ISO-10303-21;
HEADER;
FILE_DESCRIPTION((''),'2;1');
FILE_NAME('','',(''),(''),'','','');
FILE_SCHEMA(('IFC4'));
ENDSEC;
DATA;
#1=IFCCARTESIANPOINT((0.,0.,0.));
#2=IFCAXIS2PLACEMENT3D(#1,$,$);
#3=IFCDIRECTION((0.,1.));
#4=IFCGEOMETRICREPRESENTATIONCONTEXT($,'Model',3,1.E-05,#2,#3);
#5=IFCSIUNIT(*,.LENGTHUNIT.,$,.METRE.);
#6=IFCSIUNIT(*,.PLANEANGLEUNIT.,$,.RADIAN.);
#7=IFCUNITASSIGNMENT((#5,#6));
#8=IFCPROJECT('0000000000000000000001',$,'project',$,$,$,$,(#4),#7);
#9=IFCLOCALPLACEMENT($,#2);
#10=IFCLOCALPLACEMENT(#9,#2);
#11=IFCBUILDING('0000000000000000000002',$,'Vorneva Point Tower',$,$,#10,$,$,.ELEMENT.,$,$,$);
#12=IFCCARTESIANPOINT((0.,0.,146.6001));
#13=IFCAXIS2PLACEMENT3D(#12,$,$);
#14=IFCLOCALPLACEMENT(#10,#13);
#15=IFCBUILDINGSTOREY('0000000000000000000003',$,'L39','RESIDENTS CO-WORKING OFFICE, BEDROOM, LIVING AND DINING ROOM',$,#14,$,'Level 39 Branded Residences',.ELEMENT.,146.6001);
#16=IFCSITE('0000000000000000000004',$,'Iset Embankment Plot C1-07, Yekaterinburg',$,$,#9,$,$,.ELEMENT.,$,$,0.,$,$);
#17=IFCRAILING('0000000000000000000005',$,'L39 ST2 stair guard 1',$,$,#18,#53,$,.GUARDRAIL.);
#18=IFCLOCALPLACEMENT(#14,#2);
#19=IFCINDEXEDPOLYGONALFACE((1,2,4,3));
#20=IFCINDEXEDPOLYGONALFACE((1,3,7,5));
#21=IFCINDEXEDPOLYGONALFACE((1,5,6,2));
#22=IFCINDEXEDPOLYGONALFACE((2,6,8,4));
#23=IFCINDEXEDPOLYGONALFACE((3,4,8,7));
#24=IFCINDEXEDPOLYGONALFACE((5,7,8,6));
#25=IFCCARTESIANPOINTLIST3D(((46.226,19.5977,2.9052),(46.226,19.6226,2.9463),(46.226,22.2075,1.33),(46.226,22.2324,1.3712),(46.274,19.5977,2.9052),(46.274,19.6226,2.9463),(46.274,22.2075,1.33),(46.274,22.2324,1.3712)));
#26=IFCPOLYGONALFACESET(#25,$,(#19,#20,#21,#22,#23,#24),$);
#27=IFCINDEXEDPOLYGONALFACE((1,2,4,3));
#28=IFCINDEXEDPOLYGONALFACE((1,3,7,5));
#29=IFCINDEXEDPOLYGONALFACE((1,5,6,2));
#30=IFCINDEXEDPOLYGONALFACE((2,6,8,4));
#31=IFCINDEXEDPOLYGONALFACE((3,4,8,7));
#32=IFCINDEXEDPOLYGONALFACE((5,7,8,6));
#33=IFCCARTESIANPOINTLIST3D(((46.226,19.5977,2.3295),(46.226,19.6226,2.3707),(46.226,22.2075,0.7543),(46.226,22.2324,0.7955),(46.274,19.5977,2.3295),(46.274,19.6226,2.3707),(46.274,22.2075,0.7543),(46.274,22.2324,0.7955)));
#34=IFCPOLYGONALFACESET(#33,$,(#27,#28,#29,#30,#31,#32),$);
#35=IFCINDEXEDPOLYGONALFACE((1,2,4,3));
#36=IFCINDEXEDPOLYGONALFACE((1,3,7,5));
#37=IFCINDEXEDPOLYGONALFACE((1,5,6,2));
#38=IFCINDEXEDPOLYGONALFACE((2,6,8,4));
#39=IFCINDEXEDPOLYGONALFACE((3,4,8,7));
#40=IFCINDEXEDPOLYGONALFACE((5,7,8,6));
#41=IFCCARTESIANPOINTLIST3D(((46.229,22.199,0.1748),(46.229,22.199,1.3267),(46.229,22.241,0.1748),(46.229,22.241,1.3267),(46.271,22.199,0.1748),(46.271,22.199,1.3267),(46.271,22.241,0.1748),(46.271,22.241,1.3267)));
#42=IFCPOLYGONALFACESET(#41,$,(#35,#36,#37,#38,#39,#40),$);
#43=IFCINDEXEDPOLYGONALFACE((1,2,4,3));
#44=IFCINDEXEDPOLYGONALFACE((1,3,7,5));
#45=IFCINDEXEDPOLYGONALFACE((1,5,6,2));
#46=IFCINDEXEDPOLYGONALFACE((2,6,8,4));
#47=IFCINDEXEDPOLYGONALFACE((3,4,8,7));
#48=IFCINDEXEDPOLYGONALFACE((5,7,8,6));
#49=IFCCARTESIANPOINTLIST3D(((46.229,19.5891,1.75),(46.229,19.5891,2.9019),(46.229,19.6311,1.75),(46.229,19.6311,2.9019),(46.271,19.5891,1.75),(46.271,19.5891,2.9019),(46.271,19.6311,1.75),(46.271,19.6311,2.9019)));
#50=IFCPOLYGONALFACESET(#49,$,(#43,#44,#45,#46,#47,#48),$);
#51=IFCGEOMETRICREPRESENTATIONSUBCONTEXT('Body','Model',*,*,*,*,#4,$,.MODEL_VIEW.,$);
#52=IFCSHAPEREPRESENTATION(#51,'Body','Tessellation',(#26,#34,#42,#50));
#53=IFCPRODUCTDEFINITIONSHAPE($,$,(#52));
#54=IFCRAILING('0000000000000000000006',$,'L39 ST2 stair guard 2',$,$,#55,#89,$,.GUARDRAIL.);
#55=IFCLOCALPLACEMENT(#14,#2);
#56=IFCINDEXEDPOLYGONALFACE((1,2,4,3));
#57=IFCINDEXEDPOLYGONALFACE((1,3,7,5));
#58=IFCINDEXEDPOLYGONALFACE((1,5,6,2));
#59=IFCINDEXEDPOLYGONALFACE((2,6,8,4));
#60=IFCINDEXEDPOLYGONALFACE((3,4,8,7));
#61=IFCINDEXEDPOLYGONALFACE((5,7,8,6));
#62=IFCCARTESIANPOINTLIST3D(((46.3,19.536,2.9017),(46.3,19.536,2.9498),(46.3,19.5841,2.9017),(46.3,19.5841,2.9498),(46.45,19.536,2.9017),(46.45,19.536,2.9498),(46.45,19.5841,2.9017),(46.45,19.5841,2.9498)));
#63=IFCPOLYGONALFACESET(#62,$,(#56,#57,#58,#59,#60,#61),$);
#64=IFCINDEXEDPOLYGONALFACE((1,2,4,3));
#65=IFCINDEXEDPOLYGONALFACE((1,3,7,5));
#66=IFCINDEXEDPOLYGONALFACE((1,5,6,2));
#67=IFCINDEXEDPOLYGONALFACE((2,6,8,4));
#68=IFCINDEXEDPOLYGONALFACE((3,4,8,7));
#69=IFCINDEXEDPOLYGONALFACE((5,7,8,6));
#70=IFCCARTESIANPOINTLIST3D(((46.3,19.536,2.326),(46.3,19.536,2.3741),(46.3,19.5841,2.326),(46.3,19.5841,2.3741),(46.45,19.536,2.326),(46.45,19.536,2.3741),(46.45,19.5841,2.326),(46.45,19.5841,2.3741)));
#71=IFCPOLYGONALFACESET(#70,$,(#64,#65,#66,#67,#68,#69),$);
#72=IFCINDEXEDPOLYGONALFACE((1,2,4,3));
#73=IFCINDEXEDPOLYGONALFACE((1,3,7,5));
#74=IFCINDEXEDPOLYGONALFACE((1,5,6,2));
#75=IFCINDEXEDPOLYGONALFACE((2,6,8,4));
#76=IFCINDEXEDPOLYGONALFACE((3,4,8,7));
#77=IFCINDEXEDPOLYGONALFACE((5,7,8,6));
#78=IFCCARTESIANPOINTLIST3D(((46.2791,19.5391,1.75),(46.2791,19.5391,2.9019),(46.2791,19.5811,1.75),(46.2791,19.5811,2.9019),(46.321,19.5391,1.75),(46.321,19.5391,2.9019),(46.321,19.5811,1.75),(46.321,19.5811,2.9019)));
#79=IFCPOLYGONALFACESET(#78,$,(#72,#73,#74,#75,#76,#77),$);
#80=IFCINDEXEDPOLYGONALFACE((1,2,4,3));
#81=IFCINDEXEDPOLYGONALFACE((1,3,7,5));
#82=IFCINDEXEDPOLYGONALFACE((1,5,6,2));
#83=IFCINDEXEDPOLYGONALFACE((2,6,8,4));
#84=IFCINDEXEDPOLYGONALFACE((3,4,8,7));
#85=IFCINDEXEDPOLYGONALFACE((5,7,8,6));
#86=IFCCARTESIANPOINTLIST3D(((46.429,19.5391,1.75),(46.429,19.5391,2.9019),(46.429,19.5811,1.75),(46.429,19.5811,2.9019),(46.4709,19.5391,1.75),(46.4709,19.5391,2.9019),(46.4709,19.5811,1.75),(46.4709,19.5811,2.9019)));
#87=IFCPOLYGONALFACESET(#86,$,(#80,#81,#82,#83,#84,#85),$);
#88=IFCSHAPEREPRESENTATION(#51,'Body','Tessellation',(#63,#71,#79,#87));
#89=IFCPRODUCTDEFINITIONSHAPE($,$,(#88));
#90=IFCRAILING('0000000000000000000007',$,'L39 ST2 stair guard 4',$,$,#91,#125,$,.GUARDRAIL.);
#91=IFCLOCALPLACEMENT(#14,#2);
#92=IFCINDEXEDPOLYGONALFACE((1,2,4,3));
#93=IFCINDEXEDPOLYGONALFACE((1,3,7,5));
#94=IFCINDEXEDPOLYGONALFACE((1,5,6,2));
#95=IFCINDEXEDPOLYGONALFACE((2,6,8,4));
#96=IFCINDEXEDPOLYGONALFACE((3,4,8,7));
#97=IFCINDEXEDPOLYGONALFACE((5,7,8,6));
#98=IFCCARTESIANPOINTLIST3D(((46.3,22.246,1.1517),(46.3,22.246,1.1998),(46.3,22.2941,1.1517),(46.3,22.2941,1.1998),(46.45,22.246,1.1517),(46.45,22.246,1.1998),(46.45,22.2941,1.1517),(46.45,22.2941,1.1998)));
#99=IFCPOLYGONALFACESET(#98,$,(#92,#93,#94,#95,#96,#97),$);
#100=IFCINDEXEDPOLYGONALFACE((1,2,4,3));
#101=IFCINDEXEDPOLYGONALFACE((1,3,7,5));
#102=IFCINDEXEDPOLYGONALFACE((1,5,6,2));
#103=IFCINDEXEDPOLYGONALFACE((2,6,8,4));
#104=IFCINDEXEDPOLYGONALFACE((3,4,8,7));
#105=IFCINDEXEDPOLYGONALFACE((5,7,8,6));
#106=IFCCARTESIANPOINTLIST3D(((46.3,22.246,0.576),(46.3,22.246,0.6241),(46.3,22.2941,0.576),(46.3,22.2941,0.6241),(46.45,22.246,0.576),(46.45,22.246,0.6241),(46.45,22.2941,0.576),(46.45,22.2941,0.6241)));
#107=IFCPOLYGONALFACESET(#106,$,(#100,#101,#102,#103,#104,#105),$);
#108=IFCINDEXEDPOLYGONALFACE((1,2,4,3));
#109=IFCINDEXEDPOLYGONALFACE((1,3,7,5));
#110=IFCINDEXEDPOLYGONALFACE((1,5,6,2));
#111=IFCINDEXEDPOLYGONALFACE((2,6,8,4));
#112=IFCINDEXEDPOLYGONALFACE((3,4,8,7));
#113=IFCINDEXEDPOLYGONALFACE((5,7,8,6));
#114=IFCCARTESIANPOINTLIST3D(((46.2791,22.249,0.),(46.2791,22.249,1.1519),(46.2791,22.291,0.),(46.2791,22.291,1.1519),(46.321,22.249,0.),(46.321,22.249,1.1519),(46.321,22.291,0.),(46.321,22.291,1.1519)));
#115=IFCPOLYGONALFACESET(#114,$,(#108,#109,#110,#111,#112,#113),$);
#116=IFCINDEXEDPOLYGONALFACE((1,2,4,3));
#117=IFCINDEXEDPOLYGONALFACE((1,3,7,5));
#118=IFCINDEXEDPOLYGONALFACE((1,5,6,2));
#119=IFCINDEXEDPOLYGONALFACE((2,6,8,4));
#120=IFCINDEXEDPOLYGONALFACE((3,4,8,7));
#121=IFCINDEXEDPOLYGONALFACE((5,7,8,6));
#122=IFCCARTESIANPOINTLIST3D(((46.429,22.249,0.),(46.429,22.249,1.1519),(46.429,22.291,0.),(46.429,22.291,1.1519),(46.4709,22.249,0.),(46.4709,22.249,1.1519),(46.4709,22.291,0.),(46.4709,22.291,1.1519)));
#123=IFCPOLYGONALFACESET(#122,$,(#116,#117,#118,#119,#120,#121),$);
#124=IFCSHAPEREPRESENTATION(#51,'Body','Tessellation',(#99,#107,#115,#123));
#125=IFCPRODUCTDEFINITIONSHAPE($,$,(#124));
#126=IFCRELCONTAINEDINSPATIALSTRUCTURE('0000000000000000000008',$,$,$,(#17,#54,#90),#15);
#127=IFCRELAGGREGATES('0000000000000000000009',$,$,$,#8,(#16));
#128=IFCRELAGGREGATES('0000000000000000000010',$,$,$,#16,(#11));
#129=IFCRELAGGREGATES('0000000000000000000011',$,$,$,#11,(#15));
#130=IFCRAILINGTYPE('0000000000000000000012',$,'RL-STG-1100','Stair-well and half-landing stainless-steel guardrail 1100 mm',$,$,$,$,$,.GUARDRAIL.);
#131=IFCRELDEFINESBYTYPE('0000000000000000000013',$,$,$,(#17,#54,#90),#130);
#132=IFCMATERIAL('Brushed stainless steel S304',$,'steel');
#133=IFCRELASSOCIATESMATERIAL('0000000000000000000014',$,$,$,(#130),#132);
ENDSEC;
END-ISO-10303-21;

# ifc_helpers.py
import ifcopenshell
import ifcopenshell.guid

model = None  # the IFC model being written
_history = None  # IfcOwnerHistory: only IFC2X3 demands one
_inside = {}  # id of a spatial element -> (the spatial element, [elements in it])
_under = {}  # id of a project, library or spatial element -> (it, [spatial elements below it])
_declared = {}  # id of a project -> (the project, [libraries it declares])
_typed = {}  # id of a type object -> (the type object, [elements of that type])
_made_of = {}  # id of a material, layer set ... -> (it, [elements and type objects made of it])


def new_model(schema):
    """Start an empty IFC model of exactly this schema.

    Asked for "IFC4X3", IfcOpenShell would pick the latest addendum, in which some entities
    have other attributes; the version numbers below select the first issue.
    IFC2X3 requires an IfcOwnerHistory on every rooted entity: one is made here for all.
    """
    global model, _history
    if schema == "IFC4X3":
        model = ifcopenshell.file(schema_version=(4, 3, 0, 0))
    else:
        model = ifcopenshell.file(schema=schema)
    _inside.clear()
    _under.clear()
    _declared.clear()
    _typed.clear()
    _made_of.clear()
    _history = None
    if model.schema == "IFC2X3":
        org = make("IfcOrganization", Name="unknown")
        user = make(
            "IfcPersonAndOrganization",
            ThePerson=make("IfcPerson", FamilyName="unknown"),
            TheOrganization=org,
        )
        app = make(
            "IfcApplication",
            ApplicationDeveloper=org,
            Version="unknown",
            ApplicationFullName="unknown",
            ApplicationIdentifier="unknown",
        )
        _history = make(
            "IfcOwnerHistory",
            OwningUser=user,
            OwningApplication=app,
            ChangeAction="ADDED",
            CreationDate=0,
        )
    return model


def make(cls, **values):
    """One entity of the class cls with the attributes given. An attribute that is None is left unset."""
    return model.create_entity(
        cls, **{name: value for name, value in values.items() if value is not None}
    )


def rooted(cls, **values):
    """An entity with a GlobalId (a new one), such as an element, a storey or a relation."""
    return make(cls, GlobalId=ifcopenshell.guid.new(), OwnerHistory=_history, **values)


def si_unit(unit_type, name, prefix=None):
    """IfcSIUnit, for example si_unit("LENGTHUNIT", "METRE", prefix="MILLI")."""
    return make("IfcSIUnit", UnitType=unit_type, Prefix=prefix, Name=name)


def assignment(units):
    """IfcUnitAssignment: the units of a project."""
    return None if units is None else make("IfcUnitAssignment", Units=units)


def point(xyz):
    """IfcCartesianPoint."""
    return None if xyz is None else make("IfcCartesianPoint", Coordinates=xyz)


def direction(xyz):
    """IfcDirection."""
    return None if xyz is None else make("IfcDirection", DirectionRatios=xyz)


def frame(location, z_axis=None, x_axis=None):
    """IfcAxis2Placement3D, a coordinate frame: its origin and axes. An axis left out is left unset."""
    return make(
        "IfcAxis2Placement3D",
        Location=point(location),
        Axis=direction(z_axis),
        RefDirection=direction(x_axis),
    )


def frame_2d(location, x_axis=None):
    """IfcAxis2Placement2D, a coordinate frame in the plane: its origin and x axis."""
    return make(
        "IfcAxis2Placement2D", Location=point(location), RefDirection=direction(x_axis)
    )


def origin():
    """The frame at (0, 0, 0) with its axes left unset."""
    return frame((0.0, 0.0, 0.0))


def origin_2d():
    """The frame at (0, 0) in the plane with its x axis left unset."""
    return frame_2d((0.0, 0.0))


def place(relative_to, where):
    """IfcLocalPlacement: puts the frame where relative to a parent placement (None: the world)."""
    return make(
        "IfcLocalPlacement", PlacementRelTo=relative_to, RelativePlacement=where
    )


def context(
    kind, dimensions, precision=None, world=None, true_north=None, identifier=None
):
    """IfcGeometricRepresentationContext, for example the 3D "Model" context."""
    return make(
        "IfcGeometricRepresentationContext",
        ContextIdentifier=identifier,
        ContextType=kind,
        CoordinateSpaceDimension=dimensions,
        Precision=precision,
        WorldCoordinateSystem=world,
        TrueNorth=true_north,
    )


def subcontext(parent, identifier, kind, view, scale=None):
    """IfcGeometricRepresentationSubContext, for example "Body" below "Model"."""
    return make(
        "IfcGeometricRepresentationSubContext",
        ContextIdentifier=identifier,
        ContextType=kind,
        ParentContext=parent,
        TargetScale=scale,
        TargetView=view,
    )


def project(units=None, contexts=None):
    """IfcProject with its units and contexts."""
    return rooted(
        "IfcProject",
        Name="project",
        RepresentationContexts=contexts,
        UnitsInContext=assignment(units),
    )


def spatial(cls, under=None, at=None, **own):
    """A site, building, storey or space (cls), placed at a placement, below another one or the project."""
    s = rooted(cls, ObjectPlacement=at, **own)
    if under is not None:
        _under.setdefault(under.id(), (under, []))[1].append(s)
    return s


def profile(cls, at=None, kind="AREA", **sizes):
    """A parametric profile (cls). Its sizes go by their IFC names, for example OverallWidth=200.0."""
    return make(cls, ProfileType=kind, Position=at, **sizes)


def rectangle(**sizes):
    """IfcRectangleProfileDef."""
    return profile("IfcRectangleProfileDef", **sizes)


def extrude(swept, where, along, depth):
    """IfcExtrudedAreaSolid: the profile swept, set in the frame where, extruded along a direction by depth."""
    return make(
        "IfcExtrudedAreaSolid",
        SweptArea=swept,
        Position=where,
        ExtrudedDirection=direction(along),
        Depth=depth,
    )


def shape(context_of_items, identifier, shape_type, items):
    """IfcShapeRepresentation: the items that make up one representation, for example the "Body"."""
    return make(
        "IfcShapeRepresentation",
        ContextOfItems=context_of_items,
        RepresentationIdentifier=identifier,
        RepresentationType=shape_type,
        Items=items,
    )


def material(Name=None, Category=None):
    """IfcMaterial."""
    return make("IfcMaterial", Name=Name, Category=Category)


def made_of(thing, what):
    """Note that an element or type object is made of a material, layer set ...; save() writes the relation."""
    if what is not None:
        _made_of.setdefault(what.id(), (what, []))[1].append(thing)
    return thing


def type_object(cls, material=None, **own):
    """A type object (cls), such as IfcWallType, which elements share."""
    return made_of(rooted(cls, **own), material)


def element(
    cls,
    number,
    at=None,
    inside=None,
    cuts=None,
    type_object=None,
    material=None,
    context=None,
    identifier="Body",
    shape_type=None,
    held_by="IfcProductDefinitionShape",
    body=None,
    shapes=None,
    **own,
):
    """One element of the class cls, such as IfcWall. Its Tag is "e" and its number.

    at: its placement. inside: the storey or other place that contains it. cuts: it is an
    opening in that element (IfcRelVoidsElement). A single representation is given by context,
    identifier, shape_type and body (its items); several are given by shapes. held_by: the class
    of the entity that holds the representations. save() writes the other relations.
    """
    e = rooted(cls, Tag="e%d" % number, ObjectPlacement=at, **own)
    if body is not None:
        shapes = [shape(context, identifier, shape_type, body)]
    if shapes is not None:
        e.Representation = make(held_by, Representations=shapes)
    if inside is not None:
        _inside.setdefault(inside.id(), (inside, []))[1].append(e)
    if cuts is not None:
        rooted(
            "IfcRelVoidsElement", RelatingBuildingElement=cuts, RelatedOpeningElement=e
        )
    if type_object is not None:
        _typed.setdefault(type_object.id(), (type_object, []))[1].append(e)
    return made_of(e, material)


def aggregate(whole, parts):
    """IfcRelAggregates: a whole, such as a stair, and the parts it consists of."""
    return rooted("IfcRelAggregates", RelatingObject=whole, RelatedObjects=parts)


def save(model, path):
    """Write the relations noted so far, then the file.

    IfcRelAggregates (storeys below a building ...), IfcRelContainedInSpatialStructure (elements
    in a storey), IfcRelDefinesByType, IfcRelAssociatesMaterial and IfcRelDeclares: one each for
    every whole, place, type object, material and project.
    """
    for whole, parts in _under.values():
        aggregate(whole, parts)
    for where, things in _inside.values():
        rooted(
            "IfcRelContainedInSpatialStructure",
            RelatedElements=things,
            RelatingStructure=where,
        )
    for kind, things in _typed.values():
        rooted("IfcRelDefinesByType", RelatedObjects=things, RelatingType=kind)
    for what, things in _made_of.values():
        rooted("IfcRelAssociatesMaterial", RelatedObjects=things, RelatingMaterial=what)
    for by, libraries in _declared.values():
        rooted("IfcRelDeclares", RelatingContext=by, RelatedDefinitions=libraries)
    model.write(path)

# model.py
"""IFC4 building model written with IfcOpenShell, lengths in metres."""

from ifc_helpers import new_model, si_unit, direction, frame, origin, origin_2d, place, context, subcontext, project, spatial, rectangle, extrude, material, type_object, element, save


model = new_model("IFC4")

# Units and contexts
model_context = context("Model", 3, precision=1e-05, world=origin(), true_north=direction((0.0, 1.0)))
body_context = subcontext(model_context, "Body", "Model", "MODEL_VIEW")
ifc_project = project(units=[si_unit("LENGTHUNIT", "METRE"), si_unit("PLANEANGLEUNIT", "RADIAN")], contexts=[model_context])

# Site, building, storey
site_placement = place(None, origin())
site = spatial("IfcSite", under=ifc_project, at=site_placement, Name="Iset Embankment Plot C1-07, Yekaterinburg", CompositionType="ELEMENT", RefElevation=0.0)
building_placement = place(site_placement, origin())
building = spatial("IfcBuilding", under=site, at=building_placement, Name="Vorneva Point Tower", CompositionType="ELEMENT")
storey_placement = place(building_placement, frame((0.0, 0.0, 146.6001)))
storey = spatial("IfcBuildingStorey", under=building, at=storey_placement, Name="L39", Description="RESIDENTS CO-WORKING OFFICE, BEDROOM, LIVING AND DINING ROOM", LongName="Level 39 Branded Residences", CompositionType="ELEMENT", Elevation=146.6001)

# Railings
ifc_material_1 = material(Name="Brushed stainless steel S304", Category="steel")
railing_type_1 = type_object("IfcRailingType", Name="RL-STG-1100", Description="Stair-well and half-landing stainless-steel guardrail 1100 mm", PredefinedType="GUARDRAIL", material=ifc_material_1)
railing_1_placement = place(storey_placement, frame((46.25, 22.22, 0.1748)))
element("IfcRailing", 1, at=railing_1_placement, inside=storey, type_object=railing_type_1, Name="L39 ST2 stair guard 1", PredefinedType="GUARDRAIL", context=body_context, shape_type="SweptSolid", body=[
    extrude(rectangle(XDim=0.0481, YDim=0.0481, at=origin_2d()), frame((0.0, 0.0, 1.1758), z_axis=(0.0, -0.856147, 0.516732), x_axis=(1.0, 0.0, 0.0)), (0.0, 0.0, 1.0), 3.0483),
    extrude(rectangle(XDim=0.0481, YDim=0.0481, at=origin_2d()), frame((0.0, 0.0, 0.6001), z_axis=(0.0, -0.856147, 0.516732), x_axis=(1.0, 0.0, 0.0)), (0.0, 0.0, 1.0), 3.0483),
    extrude(rectangle(XDim=0.042, YDim=0.042, at=origin_2d()), origin(), (0.0, 0.0, 1.0), 1.1519),
    extrude(rectangle(XDim=0.042, YDim=0.042, at=origin_2d()), frame((0.0, -2.6099, 1.5752)), (0.0, 0.0, 1.0), 1.1519),
])
for number, where, name in (
    (2, (46.3, 19.5601, 1.75), "L39 ST2 stair guard 2"),
    (3, (46.3, 22.27, 0.0), "L39 ST2 stair guard 4"),
):
    element("IfcRailing", number, at=place(storey_placement, frame(where)), inside=storey, type_object=railing_type_1, Name=name, PredefinedType="GUARDRAIL", context=body_context, shape_type="SweptSolid", body=[
        extrude(rectangle(XDim=0.0481, YDim=0.0481, at=origin_2d()), frame((0.0, 0.0, 1.1758), z_axis=(1.0, 0.0, 0.0), x_axis=(0.0, 1.0, 0.0)), (0.0, 0.0, 1.0), 0.1499),
        extrude(rectangle(XDim=0.0481, YDim=0.0481, at=origin_2d()), frame((0.0, 0.0, 0.6001), z_axis=(1.0, 0.0, 0.0), x_axis=(0.0, 1.0, 0.0)), (0.0, 0.0, 1.0), 0.1499),
        extrude(rectangle(XDim=0.042, YDim=0.042, at=origin_2d()), origin(), (0.0, 0.0, 1.0), 1.1519),
        extrude(rectangle(XDim=0.042, YDim=0.042, at=origin_2d()), frame((0.1499, 0.0, 0.0)), (0.0, 0.0, 1.0), 1.1519),
    ])

save(model, "model.ifc")
